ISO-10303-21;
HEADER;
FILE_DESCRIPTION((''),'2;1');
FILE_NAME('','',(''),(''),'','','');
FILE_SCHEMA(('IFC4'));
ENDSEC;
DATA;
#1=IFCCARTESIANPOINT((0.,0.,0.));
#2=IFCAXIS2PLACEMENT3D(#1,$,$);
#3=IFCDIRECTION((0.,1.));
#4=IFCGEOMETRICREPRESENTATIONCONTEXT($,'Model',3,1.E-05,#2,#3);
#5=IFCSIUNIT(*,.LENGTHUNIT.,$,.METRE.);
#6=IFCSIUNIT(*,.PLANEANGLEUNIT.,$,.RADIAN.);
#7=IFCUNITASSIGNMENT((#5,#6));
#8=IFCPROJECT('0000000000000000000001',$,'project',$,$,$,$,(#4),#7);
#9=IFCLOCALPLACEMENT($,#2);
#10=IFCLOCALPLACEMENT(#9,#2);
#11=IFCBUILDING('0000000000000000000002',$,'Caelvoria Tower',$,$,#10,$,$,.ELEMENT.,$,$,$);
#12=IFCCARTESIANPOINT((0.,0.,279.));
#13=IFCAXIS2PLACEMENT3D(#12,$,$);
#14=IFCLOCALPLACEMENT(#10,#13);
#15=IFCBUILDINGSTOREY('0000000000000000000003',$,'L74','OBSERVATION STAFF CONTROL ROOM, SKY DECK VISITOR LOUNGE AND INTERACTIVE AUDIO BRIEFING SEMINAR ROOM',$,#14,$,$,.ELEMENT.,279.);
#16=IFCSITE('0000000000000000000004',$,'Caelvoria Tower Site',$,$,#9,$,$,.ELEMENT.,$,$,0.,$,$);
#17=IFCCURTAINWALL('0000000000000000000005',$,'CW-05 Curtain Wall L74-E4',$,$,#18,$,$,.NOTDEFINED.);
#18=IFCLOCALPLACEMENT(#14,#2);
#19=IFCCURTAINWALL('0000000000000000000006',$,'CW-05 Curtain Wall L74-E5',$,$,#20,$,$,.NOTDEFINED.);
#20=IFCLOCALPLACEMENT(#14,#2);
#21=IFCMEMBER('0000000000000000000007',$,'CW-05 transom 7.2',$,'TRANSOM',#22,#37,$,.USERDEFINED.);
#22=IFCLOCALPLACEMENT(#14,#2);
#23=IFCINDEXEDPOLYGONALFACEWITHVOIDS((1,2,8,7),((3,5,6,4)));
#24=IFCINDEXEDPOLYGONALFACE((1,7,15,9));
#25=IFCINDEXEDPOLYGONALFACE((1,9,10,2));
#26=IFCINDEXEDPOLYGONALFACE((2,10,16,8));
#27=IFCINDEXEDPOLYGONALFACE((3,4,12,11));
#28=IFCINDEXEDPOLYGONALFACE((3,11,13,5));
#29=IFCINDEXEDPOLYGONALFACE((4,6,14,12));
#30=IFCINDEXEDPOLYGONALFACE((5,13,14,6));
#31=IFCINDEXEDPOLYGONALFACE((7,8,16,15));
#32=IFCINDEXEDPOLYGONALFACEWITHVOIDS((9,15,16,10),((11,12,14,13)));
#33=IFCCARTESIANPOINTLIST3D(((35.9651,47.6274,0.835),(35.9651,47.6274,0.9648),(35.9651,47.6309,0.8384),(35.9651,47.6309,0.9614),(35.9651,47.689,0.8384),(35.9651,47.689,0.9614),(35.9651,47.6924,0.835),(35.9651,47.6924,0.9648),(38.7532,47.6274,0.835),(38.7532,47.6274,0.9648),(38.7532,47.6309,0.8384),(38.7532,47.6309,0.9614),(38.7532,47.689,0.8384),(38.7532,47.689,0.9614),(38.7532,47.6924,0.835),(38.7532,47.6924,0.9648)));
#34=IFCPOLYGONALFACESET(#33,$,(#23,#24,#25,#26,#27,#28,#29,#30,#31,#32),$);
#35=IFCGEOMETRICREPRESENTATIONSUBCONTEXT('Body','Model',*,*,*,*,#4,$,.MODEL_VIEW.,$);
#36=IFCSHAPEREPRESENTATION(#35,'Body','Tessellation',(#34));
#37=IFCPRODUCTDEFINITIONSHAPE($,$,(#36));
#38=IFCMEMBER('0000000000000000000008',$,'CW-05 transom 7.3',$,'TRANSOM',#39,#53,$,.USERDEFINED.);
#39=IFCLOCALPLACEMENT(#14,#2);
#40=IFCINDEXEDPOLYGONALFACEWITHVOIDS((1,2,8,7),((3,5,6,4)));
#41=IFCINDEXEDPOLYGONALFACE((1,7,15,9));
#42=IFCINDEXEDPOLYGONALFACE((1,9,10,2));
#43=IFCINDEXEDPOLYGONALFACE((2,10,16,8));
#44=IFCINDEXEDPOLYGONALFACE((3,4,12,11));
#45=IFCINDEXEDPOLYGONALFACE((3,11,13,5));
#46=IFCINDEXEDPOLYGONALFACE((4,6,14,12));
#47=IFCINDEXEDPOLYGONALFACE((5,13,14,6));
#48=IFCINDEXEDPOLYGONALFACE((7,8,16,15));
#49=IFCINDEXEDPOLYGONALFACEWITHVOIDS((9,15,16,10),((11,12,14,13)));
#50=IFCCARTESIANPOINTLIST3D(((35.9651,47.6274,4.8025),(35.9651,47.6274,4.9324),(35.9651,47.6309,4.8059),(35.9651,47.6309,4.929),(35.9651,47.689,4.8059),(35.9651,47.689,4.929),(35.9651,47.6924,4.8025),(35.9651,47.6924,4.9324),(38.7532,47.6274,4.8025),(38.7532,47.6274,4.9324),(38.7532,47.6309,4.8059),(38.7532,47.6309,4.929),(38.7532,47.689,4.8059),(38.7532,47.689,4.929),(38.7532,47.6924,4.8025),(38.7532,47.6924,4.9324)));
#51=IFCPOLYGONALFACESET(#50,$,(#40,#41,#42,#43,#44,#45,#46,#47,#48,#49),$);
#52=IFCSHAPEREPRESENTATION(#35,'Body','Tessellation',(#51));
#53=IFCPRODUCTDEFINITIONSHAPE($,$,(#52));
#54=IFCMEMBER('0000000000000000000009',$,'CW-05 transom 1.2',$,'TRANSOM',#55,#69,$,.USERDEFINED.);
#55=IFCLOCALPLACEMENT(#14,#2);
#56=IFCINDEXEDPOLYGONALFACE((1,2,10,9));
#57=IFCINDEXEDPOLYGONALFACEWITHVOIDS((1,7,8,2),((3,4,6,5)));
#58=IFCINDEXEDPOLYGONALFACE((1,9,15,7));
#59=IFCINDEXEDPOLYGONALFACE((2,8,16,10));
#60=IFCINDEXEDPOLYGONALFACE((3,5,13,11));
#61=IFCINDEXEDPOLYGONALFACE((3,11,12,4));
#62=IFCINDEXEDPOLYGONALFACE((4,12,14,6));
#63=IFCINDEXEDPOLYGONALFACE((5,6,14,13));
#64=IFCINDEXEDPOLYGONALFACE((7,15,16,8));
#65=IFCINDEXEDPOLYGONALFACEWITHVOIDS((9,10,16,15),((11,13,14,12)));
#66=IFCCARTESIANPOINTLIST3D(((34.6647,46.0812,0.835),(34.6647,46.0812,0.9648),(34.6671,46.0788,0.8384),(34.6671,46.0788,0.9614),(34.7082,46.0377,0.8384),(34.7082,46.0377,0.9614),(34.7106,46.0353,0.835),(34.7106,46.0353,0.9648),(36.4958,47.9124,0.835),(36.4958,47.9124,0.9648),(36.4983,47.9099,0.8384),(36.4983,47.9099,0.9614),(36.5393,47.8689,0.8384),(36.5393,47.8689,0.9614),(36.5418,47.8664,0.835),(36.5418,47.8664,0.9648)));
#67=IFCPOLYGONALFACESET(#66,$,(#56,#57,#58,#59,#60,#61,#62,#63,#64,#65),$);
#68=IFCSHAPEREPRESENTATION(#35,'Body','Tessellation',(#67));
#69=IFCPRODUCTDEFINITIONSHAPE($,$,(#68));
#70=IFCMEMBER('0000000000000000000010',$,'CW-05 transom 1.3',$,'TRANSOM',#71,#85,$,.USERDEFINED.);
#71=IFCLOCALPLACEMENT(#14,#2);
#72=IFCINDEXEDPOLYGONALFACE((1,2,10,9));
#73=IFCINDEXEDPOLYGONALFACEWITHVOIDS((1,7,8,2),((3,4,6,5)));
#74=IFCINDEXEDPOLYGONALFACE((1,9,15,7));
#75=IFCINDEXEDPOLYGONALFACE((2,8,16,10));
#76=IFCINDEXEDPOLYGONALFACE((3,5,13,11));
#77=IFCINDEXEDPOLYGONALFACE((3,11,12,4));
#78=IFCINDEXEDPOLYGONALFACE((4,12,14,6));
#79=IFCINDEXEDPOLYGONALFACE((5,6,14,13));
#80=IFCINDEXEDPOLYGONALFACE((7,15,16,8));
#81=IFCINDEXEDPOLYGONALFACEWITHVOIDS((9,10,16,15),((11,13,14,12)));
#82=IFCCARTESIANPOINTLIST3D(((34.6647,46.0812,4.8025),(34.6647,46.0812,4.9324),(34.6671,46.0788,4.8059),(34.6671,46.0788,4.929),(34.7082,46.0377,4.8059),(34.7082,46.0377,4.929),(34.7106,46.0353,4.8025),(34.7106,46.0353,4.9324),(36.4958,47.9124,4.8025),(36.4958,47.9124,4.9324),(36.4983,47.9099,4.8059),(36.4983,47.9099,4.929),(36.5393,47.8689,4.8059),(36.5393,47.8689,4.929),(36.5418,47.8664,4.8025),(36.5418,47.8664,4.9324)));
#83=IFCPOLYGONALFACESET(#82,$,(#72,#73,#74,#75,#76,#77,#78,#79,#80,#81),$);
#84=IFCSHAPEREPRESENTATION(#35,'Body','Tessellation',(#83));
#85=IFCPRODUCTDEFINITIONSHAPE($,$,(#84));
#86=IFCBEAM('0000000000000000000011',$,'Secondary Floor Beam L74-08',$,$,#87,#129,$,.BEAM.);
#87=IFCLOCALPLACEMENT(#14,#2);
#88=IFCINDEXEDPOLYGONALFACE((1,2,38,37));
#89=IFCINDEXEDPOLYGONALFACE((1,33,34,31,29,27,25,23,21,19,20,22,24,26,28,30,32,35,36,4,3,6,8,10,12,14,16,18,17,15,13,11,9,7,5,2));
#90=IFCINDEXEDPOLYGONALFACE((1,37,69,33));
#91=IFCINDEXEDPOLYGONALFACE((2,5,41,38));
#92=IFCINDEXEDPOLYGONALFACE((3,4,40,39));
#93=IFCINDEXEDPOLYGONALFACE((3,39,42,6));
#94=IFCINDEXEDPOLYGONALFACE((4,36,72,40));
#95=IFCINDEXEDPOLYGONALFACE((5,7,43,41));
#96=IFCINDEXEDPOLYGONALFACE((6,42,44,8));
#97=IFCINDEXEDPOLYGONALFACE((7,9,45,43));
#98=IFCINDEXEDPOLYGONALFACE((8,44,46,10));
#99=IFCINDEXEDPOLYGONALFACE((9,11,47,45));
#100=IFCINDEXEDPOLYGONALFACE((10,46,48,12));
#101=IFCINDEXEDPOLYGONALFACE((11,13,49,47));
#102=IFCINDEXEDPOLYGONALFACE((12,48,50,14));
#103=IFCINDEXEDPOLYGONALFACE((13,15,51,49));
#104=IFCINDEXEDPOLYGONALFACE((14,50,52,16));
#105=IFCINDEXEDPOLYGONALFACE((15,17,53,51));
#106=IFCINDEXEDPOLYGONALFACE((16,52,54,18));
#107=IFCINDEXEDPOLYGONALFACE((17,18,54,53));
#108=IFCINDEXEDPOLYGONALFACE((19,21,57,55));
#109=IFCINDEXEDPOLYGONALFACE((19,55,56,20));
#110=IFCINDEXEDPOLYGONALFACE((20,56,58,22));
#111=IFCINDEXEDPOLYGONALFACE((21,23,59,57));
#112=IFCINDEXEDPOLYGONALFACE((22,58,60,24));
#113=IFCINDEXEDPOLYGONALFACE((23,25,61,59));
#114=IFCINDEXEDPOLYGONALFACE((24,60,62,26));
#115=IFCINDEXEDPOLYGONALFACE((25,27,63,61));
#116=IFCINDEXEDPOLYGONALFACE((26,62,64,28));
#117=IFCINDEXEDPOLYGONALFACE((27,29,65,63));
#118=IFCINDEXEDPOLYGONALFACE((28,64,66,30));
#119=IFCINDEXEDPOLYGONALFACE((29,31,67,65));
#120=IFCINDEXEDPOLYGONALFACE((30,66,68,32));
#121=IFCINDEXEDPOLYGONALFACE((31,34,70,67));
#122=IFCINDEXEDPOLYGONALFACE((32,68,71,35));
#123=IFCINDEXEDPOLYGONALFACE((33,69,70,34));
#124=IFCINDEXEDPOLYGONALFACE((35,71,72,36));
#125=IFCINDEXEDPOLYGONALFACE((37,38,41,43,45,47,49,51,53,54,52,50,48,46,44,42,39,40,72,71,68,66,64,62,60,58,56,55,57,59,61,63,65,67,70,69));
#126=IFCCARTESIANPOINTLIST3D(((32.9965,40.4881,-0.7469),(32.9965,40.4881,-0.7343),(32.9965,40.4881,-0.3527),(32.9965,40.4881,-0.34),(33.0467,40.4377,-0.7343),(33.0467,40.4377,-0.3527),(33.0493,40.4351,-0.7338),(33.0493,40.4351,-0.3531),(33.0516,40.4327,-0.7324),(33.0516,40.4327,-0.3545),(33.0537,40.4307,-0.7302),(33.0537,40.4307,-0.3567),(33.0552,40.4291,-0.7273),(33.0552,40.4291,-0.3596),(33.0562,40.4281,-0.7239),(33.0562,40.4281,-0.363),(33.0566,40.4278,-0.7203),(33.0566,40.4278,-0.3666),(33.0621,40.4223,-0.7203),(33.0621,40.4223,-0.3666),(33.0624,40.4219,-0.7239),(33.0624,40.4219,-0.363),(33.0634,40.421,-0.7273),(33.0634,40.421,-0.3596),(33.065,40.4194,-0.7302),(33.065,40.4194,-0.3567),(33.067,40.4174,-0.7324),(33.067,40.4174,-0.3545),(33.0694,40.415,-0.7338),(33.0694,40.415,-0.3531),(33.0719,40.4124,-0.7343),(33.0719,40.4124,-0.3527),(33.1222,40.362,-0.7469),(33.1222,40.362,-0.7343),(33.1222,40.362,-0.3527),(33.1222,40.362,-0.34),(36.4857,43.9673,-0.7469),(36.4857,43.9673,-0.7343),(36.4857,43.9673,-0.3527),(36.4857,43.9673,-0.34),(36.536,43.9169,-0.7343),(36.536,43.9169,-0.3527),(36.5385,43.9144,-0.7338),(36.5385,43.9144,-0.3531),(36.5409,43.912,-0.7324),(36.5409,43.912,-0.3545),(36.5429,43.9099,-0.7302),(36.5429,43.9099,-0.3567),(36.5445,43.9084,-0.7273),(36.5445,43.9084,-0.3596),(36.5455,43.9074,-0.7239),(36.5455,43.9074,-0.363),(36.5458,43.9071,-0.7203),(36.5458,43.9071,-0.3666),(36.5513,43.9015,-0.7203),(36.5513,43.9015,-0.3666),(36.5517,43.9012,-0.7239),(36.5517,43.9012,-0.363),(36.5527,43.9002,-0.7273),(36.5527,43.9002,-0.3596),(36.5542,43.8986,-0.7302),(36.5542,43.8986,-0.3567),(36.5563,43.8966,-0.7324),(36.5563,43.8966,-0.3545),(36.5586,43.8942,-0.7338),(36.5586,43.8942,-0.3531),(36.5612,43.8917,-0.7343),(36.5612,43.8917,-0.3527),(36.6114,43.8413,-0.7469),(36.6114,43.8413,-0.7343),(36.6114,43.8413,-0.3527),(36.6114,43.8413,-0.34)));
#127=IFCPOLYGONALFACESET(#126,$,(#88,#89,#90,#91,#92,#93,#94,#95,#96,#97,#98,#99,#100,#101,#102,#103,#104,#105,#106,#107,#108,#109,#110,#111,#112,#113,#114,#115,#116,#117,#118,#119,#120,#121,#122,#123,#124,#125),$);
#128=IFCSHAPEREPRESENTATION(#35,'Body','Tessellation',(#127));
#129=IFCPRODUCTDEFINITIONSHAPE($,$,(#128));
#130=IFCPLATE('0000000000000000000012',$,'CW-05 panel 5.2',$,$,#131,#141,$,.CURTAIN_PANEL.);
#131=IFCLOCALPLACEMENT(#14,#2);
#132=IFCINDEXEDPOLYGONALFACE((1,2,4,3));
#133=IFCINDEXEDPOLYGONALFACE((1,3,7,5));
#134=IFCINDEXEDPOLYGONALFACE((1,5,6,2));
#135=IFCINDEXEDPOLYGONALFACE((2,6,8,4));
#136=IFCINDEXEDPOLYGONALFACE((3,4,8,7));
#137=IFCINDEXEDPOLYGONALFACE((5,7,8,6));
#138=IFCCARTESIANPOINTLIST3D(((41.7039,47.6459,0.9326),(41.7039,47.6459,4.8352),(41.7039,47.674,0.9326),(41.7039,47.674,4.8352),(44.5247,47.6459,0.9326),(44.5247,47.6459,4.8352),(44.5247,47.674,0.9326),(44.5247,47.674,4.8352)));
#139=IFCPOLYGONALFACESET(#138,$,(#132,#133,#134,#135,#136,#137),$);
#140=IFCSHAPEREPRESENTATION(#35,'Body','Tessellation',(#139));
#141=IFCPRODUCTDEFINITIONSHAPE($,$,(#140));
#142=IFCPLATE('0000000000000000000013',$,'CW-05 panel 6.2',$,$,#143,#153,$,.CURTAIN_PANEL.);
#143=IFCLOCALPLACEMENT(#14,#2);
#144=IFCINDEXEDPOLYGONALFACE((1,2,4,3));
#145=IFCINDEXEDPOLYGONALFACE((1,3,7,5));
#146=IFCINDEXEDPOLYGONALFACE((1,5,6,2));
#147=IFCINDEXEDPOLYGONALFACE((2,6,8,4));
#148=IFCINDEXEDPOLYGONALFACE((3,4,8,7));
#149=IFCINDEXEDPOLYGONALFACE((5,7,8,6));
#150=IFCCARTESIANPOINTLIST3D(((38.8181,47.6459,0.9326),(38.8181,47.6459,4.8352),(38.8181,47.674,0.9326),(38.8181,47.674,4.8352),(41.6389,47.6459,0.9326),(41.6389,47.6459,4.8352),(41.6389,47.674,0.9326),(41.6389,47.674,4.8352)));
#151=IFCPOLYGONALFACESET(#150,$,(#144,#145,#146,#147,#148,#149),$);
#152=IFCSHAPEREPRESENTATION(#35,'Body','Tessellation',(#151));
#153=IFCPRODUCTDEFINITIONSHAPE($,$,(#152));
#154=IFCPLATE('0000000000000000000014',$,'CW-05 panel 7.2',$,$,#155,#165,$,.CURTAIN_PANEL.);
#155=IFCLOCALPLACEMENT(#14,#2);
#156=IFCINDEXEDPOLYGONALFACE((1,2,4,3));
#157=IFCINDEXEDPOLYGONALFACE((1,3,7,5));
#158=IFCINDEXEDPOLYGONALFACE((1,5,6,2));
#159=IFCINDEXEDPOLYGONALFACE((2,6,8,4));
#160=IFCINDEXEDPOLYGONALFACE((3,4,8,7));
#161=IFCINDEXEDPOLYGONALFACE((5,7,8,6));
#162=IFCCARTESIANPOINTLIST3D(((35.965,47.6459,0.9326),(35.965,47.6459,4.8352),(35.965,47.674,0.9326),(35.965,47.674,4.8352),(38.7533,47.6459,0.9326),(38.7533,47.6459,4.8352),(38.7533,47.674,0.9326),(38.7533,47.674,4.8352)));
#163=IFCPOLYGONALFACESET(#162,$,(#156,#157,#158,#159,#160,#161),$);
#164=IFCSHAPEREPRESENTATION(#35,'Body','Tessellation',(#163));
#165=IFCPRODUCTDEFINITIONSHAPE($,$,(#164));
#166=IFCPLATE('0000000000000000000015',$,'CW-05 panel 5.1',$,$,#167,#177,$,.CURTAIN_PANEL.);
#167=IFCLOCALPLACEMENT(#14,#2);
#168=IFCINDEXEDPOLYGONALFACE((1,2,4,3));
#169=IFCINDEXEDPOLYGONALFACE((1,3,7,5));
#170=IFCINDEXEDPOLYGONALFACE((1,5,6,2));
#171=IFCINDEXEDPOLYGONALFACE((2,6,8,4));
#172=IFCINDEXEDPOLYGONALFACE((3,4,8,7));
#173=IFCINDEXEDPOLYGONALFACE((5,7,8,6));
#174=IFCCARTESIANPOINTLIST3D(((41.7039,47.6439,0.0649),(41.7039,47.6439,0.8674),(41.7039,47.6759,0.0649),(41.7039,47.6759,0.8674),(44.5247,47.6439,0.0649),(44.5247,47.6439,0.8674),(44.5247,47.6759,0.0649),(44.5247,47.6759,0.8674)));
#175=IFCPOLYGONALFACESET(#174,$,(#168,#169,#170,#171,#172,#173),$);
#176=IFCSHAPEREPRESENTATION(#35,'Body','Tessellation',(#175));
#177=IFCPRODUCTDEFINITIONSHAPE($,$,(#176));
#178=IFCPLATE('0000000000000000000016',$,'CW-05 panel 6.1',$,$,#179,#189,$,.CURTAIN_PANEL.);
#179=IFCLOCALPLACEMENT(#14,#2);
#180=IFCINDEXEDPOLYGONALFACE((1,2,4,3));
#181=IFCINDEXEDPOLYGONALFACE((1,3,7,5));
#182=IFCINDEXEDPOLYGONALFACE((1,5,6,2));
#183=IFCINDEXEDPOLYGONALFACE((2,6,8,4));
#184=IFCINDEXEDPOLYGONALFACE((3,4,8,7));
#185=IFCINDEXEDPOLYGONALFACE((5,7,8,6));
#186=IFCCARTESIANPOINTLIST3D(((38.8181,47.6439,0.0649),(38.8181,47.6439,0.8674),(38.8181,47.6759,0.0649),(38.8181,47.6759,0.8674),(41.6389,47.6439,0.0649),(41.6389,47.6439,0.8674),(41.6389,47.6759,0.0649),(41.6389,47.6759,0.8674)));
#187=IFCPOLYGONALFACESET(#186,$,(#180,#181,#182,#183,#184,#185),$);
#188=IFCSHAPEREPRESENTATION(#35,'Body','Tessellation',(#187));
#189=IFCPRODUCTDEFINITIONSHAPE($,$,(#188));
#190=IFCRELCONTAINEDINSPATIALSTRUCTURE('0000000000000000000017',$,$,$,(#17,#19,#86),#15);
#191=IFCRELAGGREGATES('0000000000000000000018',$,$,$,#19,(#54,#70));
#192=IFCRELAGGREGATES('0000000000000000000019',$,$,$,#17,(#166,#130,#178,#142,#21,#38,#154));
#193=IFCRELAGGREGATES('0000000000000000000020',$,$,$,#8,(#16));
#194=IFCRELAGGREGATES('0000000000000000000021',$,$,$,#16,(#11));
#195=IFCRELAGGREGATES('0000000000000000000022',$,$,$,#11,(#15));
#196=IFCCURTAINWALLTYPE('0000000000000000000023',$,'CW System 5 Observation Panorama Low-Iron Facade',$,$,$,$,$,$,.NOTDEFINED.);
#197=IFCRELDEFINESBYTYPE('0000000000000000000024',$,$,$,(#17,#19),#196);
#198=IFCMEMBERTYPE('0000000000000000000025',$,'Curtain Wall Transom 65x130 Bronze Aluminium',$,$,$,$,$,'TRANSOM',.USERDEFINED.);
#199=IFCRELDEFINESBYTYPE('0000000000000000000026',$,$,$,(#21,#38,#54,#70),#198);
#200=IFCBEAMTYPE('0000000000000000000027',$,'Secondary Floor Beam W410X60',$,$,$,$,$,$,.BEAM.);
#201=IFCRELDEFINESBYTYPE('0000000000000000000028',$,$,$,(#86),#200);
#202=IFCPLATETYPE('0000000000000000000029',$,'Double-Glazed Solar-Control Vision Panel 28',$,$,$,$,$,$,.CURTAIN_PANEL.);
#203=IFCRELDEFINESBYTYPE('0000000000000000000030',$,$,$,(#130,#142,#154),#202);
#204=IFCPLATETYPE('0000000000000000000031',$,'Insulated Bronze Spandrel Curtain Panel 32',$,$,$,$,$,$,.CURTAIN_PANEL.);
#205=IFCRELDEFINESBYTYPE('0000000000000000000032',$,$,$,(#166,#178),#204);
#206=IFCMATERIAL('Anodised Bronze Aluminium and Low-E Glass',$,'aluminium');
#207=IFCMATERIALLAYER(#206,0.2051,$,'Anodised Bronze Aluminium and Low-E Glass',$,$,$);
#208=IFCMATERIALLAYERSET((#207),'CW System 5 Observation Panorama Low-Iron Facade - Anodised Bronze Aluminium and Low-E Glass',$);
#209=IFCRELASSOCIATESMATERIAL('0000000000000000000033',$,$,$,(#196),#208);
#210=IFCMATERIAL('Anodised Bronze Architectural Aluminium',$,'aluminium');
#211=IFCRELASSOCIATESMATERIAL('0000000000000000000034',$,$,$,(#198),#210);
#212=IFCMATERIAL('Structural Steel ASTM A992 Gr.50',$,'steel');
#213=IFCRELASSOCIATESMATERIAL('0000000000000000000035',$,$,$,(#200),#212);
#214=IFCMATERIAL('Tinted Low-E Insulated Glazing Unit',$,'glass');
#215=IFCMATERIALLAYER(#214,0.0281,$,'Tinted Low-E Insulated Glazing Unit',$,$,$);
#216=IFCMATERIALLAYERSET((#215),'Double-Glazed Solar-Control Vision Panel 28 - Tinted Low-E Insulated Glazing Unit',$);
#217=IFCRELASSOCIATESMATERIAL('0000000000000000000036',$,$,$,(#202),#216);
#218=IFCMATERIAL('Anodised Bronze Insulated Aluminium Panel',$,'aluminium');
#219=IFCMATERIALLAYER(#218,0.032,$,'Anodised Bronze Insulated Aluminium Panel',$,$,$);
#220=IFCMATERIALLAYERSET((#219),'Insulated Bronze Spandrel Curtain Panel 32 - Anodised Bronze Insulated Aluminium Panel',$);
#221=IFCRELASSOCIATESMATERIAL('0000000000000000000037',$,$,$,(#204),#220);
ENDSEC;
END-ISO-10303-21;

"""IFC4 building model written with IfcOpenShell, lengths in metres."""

from ifc_helpers import new_model, si_unit, direction, frame, origin, origin_2d, place, context, subcontext, project, spatial, rectangle, hollow_rectangle, i_section, extrude, material, layer, layer_set, material_profile, profile_set, type_object, element, aggregate, save


model = new_model("IFC4")

# Units and contexts
model_context = context("Model", 3, precision=1e-05, world=origin(), true_north=direction((0.0, 1.0)))
body_context = subcontext(model_context, "Body", "Model", "MODEL_VIEW")
ifc_project = project(units=[si_unit("LENGTHUNIT", "METRE"), si_unit("PLANEANGLEUNIT", "RADIAN")], contexts=[model_context])

# Site, building, storey
site_placement = place(None, origin())
site = spatial("IfcSite", under=ifc_project, at=site_placement, Name="Caelvoria Tower Site", CompositionType="ELEMENT", RefElevation=0.0)
building_placement = place(site_placement, origin())
building = spatial("IfcBuilding", under=site, at=building_placement, Name="Caelvoria Tower", CompositionType="ELEMENT")
storey_placement = place(building_placement, frame((0.0, 0.0, 279.0)))
storey = spatial("IfcBuildingStorey", under=building, at=storey_placement, Name="L74", Description="OBSERVATION STAFF CONTROL ROOM, SKY DECK VISITOR LOUNGE AND INTERACTIVE AUDIO BRIEFING SEMINAR ROOM", CompositionType="ELEMENT", Elevation=279.0)

# Curtain wall
ifc_material_1 = material(Name="Anodised Bronze Aluminium and Low-E Glass", Category="aluminium")
ifc_layer_1 = layer(ifc_material_1, 0.2051, Name="Anodised Bronze Aluminium and Low-E Glass")
ifc_layer_set_1 = layer_set([ifc_layer_1], Name="CW System 5 Observation Panorama Low-Iron Facade - Anodised Bronze Aluminium and Low-E Glass")
curtain_wall_type = type_object("IfcCurtainWallType", Name="CW System 5 Observation Panorama Low-Iron Facade", PredefinedType="NOTDEFINED", material=ifc_layer_set_1)
curtain_wall_1_placement = place(storey_placement, origin())
curtain_wall_1 = element("IfcCurtainWall", 1, at=curtain_wall_1_placement, inside=storey, type_object=curtain_wall_type, Name="CW-05 Curtain Wall L74-E4", PredefinedType="NOTDEFINED")
ifc_material_2 = material(Name="Anodised Bronze Architectural Aluminium", Category="aluminium")

# Curtain wall
curtain_wall_2_placement = place(storey_placement, origin())
curtain_wall_2 = element("IfcCurtainWall", 2, at=curtain_wall_2_placement, inside=storey, type_object=curtain_wall_type, Name="CW-05 Curtain Wall L74-E5", PredefinedType="NOTDEFINED")

# Members
ifc_material_profile_1 = material_profile(ifc_material_2, hollow_rectangle(XDim=0.0649, YDim=0.1299, WallThickness=0.0034, at=origin_2d()), Name="Anodised Bronze Architectural Aluminium")
ifc_profile_set_1 = profile_set([ifc_material_profile_1], Name="CW_TRAN_65X130 - Anodised Bronze Architectural Aluminium")
member_type_1 = type_object("IfcMemberType", Name="Curtain Wall Transom 65x130 Bronze Aluminium", ElementType="TRANSOM", PredefinedType="USERDEFINED", material=ifc_profile_set_1)
member_1_placement = place(storey_placement, frame((38.7532, 47.6599, 0.8999), z_axis=(-1.0, 0.0, 0.0), x_axis=(0.0, -1.0, 0.0)))
member_1 = element("IfcMember", 3, at=member_1_placement, type_object=member_type_1, Name="CW-05 transom 7.2", ObjectType="TRANSOM", PredefinedType="USERDEFINED", context=body_context, shape_type="SweptSolid", body=[
    extrude(hollow_rectangle(XDim=0.0649, YDim=0.1299, WallThickness=0.0034, at=origin_2d()), origin(), (0.0, 0.0, 1.0), 2.7881),
])
member_2_placement = place(storey_placement, frame((38.7532, 47.6599, 4.8674), z_axis=(-1.0, 0.0, 0.0), x_axis=(0.0, -1.0, 0.0)))
member_2 = element("IfcMember", 4, at=member_2_placement, type_object=member_type_1, Name="CW-05 transom 7.3", ObjectType="TRANSOM", PredefinedType="USERDEFINED", context=body_context, shape_type="SweptSolid", body=[
    extrude(hollow_rectangle(XDim=0.0649, YDim=0.1299, WallThickness=0.0034, at=origin_2d()), origin(), (0.0, 0.0, 1.0), 2.7881),
])
member_3_placement = place(storey_placement, frame((36.5188, 47.8894, 0.8999), z_axis=(-0.707107, -0.707107, 0.0), x_axis=(0.707107, -0.707107, 0.0)))
member_3 = element("IfcMember", 5, at=member_3_placement, type_object=member_type_1, Name="CW-05 transom 1.2", ObjectType="TRANSOM", PredefinedType="USERDEFINED", context=body_context, shape_type="SweptSolid", body=[
    extrude(hollow_rectangle(XDim=0.0649, YDim=0.1299, WallThickness=0.0034, at=origin_2d()), origin(), (0.0, 0.0, 1.0), 2.5896),
])
member_4_placement = place(storey_placement, frame((36.5188, 47.8894, 4.8674), z_axis=(-0.707107, -0.707107, 0.0), x_axis=(0.707107, -0.707107, 0.0)))
member_4 = element("IfcMember", 6, at=member_4_placement, type_object=member_type_1, Name="CW-05 transom 1.3", ObjectType="TRANSOM", PredefinedType="USERDEFINED", context=body_context, shape_type="SweptSolid", body=[
    extrude(hollow_rectangle(XDim=0.0649, YDim=0.1299, WallThickness=0.0034, at=origin_2d()), origin(), (0.0, 0.0, 1.0), 2.5896),
])
aggregate(curtain_wall_2, [member_3, member_4])

# Beam
ifc_material_3 = material(Name="Structural Steel ASTM A992 Gr.50", Category="steel")
ifc_material_profile_2 = material_profile(ifc_material_3, i_section(OverallWidth=0.178, OverallDepth=0.407, WebThickness=0.0078, FlangeThickness=0.0127, FilletRadius=0.0139, at=origin_2d()), Name="Structural Steel ASTM A992 Gr.50")
ifc_profile_set_2 = profile_set([ifc_material_profile_2], Name="W410X60 - Structural Steel ASTM A992 Gr.50")
beam_type = type_object("IfcBeamType", Name="Secondary Floor Beam W410X60", PredefinedType="BEAM", material=ifc_profile_set_2)
beam_placement = place(storey_placement, frame((36.5486, 43.9043, -0.5435), z_axis=(-0.708122, -0.70609, 0.0), x_axis=(0.70609, -0.708122, 0.0)))
element("IfcBeam", 7, at=beam_placement, inside=storey, type_object=beam_type, Name="Secondary Floor Beam L74-08", PredefinedType="BEAM", context=body_context, shape_type="SweptSolid", body=[
    extrude(i_section(OverallWidth=0.178, OverallDepth=0.407, WebThickness=0.0078, FlangeThickness=0.0127, FilletRadius=0.0139, at=origin_2d()), origin(), (0.0, 0.0, 1.0), 4.9275),
])

# Plates
ifc_material_4 = material(Name="Tinted Low-E Insulated Glazing Unit", Category="glass")
ifc_layer_2 = layer(ifc_material_4, 0.0281, Name="Tinted Low-E Insulated Glazing Unit")
ifc_layer_set_2 = layer_set([ifc_layer_2], Name="Double-Glazed Solar-Control Vision Panel 28 - Tinted Low-E Insulated Glazing Unit")
plate_type_1 = type_object("IfcPlateType", Name="Double-Glazed Solar-Control Vision Panel 28", PredefinedType="CURTAIN_PANEL", material=ifc_layer_set_2)
plate_1_placement = place(storey_placement, frame((43.1143, 47.6599, 0.9326), z_axis=(0.0, 0.0, 1.0), x_axis=(-1.0, 0.0, 0.0)))
plate_1 = element("IfcPlate", 8, at=plate_1_placement, type_object=plate_type_1, Name="CW-05 panel 5.2", PredefinedType="CURTAIN_PANEL", context=body_context, shape_type="SweptSolid", body=[
    extrude(rectangle(XDim=2.8208, YDim=0.0281, at=origin_2d()), origin(), (0.0, 0.0, 1.0), 3.9026),
])
plate_2_placement = place(storey_placement, frame((40.2285, 47.6599, 0.9326), z_axis=(0.0, 0.0, 1.0), x_axis=(-1.0, 0.0, 0.0)))
plate_2 = element("IfcPlate", 9, at=plate_2_placement, type_object=plate_type_1, Name="CW-05 panel 6.2", PredefinedType="CURTAIN_PANEL", context=body_context, shape_type="SweptSolid", body=[
    extrude(rectangle(XDim=2.8208, YDim=0.0281, at=origin_2d()), origin(), (0.0, 0.0, 1.0), 3.9026),
])
plate_3_placement = place(storey_placement, frame((37.3591, 47.6599, 0.9326), z_axis=(0.0, 0.0, 1.0), x_axis=(-1.0, 0.0, 0.0)))
plate_3 = element("IfcPlate", 10, at=plate_3_placement, type_object=plate_type_1, Name="CW-05 panel 7.2", PredefinedType="CURTAIN_PANEL", context=body_context, shape_type="SweptSolid", body=[
    extrude(rectangle(XDim=2.7883, YDim=0.0281, at=origin_2d()), origin(), (0.0, 0.0, 1.0), 3.9026),
])
ifc_material_5 = material(Name="Anodised Bronze Insulated Aluminium Panel", Category="aluminium")
ifc_layer_3 = layer(ifc_material_5, 0.032, Name="Anodised Bronze Insulated Aluminium Panel")
ifc_layer_set_3 = layer_set([ifc_layer_3], Name="Insulated Bronze Spandrel Curtain Panel 32 - Anodised Bronze Insulated Aluminium Panel")
plate_type_2 = type_object("IfcPlateType", Name="Insulated Bronze Spandrel Curtain Panel 32", PredefinedType="CURTAIN_PANEL", material=ifc_layer_set_3)
plate_4_placement = place(storey_placement, frame((43.1143, 47.6599, 0.0649), z_axis=(0.0, 0.0, 1.0), x_axis=(-1.0, 0.0, 0.0)))
plate_4 = element("IfcPlate", 11, at=plate_4_placement, type_object=plate_type_2, Name="CW-05 panel 5.1", PredefinedType="CURTAIN_PANEL", context=body_context, shape_type="SweptSolid", body=[
    extrude(rectangle(XDim=2.8208, YDim=0.032, at=origin_2d()), origin(), (0.0, 0.0, 1.0), 0.8025),
])
plate_5_placement = place(storey_placement, frame((40.2285, 47.6599, 0.0649), z_axis=(0.0, 0.0, 1.0), x_axis=(-1.0, 0.0, 0.0)))
plate_5 = element("IfcPlate", 12, at=plate_5_placement, type_object=plate_type_2, Name="CW-05 panel 6.1", PredefinedType="CURTAIN_PANEL", context=body_context, shape_type="SweptSolid", body=[
    extrude(rectangle(XDim=2.8208, YDim=0.032, at=origin_2d()), origin(), (0.0, 0.0, 1.0), 0.8025),
])
aggregate(curtain_wall_1, [plate_4, plate_1, plate_5, plate_2, member_1, member_2, plate_3])

save(model, "model.ifc")
